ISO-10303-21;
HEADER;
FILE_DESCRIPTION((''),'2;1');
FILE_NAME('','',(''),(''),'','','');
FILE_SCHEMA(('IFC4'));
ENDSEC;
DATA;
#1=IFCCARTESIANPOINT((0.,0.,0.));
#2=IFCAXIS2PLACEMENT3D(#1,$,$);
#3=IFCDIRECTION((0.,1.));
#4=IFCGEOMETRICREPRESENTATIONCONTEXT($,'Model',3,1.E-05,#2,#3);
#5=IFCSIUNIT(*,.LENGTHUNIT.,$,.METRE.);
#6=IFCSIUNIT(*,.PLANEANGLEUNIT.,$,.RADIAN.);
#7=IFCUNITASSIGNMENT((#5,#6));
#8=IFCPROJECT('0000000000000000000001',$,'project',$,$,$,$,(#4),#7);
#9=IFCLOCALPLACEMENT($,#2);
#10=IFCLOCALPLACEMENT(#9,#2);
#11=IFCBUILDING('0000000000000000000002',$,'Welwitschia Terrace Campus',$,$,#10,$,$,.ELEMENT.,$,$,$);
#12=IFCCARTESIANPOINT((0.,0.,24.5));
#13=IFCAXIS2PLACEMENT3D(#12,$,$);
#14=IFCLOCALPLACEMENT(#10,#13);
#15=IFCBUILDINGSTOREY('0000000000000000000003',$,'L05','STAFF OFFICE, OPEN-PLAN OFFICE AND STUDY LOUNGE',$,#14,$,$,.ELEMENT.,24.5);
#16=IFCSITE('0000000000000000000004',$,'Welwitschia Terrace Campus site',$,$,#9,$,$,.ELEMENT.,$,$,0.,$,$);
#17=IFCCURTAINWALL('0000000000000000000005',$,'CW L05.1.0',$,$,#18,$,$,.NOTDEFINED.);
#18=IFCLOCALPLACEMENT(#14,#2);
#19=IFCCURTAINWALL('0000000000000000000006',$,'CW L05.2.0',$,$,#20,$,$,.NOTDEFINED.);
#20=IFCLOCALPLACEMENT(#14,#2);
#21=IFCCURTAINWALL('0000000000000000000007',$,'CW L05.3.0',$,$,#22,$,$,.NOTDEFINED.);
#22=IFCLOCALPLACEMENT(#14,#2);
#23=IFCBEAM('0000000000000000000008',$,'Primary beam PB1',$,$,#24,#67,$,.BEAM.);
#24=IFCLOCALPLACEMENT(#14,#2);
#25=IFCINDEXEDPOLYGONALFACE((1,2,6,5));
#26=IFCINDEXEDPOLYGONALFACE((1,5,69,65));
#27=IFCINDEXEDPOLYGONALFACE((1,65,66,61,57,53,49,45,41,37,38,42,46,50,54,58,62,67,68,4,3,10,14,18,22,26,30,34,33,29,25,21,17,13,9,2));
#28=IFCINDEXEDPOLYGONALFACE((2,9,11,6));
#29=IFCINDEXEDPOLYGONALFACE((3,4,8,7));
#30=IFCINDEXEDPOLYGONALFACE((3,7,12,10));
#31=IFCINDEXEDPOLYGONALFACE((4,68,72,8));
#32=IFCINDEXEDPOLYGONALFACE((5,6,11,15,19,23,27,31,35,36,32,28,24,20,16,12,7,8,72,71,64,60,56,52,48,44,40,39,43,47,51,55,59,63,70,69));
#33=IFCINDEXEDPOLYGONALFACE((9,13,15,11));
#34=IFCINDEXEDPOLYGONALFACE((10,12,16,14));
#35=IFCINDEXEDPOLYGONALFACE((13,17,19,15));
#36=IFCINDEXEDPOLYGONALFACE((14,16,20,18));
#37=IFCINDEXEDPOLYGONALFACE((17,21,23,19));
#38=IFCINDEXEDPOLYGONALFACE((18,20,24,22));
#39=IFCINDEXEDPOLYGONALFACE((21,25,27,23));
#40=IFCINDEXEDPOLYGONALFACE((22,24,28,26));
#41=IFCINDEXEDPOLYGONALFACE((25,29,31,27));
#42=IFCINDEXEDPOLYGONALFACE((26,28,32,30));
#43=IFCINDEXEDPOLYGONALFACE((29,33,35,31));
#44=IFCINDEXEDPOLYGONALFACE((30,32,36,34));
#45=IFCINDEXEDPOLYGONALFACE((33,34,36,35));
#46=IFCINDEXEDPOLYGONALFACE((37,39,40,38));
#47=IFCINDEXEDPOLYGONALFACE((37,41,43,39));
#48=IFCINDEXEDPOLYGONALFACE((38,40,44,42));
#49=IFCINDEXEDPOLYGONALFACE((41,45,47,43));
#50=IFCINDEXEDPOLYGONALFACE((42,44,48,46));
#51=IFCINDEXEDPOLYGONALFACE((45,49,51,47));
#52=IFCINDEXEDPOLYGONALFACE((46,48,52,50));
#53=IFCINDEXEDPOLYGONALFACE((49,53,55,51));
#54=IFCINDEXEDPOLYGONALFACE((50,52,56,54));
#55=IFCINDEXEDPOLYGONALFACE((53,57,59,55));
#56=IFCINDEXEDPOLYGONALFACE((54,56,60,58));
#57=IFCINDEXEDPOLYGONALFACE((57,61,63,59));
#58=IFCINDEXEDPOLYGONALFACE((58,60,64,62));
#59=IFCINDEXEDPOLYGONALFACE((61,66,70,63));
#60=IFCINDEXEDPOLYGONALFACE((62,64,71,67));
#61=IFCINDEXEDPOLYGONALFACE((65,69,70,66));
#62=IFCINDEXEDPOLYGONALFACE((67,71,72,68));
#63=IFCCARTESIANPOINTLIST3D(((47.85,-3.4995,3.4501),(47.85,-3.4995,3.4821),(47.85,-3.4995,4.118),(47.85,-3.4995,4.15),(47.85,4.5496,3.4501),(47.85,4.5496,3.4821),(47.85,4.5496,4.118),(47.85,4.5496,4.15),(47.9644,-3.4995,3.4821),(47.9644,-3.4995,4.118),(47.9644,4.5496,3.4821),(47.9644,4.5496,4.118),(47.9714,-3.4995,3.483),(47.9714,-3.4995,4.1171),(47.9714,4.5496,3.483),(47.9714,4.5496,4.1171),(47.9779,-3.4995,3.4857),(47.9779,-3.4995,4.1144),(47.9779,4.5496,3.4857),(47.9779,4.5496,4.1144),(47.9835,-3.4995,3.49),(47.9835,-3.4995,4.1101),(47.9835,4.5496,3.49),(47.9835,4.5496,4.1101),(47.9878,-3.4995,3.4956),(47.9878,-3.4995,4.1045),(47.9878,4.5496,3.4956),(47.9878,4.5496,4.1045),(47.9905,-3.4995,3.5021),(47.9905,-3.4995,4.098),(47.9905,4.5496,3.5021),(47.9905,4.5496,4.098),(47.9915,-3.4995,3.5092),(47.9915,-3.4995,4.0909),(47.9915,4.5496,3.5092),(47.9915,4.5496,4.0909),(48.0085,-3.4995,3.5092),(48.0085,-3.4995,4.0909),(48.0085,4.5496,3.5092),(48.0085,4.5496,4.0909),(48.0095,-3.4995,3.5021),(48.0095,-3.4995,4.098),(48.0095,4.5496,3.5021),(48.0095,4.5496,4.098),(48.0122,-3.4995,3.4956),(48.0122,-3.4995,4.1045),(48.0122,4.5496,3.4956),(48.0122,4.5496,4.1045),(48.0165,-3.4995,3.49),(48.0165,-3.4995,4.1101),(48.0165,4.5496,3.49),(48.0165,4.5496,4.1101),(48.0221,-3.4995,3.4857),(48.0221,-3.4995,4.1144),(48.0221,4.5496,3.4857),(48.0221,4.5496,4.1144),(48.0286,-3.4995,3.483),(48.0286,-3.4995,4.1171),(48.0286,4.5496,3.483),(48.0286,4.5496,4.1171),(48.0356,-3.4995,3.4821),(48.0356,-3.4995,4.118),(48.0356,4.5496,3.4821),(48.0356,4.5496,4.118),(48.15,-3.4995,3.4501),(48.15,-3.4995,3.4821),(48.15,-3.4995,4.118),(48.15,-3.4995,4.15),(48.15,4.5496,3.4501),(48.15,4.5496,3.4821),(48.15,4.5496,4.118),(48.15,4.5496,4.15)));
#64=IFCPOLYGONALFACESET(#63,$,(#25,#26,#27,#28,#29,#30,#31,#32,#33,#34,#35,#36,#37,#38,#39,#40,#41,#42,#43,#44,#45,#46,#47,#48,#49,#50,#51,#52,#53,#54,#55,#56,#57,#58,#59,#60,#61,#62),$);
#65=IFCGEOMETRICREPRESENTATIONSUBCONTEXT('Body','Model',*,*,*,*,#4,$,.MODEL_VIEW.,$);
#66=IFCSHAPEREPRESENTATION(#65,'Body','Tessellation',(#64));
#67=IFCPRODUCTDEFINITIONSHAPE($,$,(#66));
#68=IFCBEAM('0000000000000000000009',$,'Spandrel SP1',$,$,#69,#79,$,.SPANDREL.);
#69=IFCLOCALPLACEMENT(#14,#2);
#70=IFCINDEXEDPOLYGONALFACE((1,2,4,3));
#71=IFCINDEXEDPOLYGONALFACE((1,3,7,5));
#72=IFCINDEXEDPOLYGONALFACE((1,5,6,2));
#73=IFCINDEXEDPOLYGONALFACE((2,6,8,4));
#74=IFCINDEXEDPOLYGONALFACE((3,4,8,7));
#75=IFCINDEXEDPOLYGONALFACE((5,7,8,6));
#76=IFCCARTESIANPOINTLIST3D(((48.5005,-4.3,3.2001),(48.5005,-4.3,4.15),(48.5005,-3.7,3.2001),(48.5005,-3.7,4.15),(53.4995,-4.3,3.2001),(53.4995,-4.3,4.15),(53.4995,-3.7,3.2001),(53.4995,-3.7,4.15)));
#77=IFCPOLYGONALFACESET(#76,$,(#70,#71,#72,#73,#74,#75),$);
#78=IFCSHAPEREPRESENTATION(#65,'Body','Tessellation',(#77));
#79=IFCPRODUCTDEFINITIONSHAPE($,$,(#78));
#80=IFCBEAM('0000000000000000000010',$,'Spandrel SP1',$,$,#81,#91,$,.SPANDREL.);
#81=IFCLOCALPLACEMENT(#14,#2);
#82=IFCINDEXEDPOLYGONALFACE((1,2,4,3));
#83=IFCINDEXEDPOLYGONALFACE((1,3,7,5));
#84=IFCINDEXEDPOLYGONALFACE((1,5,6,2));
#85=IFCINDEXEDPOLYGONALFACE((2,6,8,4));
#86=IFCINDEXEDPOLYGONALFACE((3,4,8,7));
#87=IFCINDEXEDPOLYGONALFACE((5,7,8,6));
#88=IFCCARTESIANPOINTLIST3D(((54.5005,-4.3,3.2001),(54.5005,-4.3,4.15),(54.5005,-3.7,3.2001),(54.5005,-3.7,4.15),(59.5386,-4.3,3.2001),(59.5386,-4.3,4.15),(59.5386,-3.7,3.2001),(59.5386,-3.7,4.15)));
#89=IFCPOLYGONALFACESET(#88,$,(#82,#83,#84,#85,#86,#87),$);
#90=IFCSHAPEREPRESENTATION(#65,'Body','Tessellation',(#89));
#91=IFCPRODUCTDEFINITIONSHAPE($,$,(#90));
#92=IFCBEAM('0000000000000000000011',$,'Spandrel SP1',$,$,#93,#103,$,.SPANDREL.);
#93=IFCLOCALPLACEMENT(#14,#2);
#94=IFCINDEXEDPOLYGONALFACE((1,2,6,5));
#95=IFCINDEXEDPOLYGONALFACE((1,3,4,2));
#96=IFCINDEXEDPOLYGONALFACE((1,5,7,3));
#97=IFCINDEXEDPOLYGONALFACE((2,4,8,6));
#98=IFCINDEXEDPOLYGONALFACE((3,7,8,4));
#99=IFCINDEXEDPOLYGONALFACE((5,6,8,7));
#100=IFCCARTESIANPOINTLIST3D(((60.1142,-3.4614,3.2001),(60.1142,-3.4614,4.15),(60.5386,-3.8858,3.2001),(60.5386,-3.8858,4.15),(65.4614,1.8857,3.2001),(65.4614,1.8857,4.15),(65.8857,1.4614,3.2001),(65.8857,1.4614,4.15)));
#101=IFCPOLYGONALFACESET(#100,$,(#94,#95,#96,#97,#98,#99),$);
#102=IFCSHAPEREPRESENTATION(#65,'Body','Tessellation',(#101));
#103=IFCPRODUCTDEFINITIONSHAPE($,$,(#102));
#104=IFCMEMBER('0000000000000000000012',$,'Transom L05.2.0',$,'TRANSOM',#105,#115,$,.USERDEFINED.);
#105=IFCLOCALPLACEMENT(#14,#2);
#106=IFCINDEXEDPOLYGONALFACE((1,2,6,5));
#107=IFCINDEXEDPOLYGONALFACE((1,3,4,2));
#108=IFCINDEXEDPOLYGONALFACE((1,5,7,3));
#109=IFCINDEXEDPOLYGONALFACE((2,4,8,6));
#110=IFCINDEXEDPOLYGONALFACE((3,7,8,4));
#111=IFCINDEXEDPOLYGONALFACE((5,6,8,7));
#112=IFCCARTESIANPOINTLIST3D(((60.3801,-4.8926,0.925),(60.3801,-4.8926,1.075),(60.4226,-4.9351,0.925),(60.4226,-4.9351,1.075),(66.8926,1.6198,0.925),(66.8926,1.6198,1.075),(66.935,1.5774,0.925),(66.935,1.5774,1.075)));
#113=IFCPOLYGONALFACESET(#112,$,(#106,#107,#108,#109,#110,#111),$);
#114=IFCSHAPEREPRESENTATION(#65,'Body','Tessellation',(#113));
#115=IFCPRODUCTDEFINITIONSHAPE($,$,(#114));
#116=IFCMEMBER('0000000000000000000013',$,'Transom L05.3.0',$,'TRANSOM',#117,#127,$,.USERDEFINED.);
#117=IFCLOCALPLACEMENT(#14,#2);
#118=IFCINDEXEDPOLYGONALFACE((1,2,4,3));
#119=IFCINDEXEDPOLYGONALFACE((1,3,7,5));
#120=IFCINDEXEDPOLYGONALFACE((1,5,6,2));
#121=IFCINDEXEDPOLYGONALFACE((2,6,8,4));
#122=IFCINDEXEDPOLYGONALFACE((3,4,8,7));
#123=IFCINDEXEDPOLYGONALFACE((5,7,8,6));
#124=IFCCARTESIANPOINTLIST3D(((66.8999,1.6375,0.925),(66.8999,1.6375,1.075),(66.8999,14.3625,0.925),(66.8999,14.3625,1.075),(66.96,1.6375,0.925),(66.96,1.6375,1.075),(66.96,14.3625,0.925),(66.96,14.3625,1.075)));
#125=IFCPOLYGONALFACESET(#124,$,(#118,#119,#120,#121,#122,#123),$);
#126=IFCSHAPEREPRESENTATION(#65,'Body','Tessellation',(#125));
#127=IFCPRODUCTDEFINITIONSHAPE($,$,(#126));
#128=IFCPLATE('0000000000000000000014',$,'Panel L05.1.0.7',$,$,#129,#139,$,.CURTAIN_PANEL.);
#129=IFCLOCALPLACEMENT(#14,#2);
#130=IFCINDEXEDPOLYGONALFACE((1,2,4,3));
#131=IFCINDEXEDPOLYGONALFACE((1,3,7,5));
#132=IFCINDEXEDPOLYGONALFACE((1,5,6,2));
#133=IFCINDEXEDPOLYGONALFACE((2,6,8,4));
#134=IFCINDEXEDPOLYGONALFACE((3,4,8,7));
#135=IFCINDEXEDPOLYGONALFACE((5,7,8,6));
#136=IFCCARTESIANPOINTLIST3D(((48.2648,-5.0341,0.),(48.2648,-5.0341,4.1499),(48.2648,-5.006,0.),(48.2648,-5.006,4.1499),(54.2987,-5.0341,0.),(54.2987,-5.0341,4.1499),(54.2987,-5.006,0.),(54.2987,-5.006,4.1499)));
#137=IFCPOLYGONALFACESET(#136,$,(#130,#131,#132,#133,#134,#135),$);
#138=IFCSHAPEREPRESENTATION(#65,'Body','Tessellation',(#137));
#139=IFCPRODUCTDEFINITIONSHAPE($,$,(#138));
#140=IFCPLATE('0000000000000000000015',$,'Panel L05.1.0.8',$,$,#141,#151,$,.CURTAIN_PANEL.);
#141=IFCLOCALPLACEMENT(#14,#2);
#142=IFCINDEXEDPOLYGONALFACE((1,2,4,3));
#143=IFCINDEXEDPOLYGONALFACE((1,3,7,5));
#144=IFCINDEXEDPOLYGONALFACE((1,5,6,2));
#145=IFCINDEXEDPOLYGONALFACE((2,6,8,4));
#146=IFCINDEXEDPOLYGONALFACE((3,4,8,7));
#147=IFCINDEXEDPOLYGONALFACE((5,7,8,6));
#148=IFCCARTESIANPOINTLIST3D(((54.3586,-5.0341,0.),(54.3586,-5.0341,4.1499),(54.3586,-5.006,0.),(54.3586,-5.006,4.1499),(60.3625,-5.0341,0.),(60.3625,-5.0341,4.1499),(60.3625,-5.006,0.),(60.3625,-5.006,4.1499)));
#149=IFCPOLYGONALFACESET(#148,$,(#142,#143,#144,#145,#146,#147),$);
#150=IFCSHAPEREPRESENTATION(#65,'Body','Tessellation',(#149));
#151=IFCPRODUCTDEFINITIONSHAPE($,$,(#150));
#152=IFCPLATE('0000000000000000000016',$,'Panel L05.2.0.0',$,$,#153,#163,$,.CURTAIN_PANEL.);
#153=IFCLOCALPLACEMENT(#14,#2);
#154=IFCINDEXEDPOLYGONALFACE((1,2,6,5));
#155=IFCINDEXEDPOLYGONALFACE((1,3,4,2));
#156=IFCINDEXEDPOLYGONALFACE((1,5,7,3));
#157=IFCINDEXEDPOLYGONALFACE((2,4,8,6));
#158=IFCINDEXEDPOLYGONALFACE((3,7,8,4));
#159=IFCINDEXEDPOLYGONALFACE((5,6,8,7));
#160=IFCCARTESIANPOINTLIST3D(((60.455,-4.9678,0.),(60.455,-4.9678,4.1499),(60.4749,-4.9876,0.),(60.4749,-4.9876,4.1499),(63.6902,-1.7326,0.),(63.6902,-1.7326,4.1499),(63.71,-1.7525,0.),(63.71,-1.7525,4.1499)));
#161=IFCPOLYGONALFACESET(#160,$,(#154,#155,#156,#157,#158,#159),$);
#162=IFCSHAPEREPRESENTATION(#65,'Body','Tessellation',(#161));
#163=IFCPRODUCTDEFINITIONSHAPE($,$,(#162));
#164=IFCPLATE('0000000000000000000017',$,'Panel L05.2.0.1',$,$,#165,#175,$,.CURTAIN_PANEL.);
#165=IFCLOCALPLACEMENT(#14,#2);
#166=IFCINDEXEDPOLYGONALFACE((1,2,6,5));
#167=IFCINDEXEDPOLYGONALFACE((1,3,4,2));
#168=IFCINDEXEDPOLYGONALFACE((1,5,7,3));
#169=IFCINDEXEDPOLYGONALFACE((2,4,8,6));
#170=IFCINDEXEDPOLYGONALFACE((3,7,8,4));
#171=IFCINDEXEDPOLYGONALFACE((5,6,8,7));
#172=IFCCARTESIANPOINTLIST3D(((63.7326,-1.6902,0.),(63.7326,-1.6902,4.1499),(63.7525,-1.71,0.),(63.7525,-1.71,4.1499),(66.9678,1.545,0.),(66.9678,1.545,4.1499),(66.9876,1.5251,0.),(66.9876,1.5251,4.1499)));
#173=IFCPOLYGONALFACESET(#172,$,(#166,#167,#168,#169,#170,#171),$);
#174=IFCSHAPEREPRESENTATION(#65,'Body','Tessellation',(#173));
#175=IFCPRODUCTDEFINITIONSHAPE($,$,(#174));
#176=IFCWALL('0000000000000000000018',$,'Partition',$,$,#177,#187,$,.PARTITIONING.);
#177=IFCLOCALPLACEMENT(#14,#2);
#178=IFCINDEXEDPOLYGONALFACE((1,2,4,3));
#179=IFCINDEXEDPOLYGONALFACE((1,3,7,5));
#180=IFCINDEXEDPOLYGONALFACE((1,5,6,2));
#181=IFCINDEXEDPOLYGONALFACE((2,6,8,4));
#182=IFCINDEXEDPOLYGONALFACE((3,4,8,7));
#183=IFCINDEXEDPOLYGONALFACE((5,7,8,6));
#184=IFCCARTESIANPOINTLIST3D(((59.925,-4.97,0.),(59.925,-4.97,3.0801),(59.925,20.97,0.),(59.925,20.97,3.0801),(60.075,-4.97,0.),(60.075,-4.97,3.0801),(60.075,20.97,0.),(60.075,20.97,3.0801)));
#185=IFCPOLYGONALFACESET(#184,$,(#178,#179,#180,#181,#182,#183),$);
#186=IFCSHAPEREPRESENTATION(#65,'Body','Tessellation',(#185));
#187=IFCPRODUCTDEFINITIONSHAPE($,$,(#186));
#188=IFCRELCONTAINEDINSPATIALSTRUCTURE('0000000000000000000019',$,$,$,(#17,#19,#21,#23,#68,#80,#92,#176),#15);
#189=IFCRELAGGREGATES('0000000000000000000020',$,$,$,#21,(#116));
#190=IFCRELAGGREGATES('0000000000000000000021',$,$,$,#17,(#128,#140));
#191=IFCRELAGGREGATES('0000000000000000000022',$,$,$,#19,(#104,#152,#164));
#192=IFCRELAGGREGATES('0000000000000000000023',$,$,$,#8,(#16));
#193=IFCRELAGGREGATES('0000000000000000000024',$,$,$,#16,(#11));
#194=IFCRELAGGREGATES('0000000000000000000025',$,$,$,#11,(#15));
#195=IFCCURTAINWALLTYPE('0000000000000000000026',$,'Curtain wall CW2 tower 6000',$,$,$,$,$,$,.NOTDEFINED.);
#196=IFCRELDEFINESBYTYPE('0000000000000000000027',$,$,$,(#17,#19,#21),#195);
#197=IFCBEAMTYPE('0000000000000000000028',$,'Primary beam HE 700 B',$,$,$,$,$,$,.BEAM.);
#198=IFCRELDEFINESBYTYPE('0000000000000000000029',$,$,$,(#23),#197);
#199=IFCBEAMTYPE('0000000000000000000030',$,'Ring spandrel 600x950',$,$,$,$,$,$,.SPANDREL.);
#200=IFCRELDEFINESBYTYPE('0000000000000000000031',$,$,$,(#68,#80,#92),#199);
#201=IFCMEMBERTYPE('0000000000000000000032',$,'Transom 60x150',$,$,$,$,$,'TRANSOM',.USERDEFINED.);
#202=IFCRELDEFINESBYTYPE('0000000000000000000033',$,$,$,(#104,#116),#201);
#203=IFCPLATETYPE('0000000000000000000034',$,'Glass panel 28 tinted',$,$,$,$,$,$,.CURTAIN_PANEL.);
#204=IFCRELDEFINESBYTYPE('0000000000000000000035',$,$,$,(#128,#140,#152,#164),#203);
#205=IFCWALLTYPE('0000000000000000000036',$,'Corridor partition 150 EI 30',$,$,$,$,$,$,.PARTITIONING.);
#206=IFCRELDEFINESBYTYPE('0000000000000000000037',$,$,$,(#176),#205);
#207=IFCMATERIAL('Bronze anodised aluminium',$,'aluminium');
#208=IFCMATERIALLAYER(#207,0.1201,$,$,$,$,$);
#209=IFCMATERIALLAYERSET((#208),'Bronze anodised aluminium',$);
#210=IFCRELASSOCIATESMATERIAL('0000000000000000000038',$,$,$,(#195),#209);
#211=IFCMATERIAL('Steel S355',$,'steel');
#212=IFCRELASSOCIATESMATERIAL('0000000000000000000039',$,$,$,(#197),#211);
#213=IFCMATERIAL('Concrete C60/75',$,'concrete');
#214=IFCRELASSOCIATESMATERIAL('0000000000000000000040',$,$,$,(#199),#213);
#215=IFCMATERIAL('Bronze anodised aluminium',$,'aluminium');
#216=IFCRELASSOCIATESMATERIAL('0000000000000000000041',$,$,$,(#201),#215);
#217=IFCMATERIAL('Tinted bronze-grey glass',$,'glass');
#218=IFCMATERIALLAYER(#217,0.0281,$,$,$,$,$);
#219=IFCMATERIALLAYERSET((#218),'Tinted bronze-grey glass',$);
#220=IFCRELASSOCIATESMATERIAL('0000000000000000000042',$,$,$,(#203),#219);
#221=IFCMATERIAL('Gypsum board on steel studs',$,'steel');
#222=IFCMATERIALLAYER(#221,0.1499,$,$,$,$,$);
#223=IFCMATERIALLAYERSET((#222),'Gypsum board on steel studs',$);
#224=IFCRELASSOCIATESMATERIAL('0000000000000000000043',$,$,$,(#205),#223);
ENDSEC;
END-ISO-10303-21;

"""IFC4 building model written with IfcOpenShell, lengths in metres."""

from ifc_helpers import new_model, si_unit, direction, frame, frame_2d, origin, origin_2d, place, context, subcontext, project, spatial, rectangle, i_section, extrude, material, layer, layer_set, material_profile, profile_set, type_object, element, aggregate, save


model = new_model("IFC4")

# Units and contexts
model_context = context("Model", 3, precision=1e-05, world=origin(), true_north=direction((0.0, 1.0)))
body_context = subcontext(model_context, "Body", "Model", "MODEL_VIEW")
ifc_project = project(units=[si_unit("LENGTHUNIT", "METRE"), si_unit("PLANEANGLEUNIT", "RADIAN")], contexts=[model_context])

# Site, building, storey
site_placement = place(None, origin())
site = spatial("IfcSite", under=ifc_project, at=site_placement, Name="Welwitschia Terrace Campus site", CompositionType="ELEMENT", RefElevation=0.0)
building_placement = place(site_placement, origin())
building = spatial("IfcBuilding", under=site, at=building_placement, Name="Welwitschia Terrace Campus", CompositionType="ELEMENT")
storey_placement = place(building_placement, frame((0.0, 0.0, 24.5)))
storey = spatial("IfcBuildingStorey", under=building, at=storey_placement, Name="L05", Description="STAFF OFFICE, OPEN-PLAN OFFICE AND STUDY LOUNGE", CompositionType="ELEMENT", Elevation=24.5)

# Curtain walls
ifc_material_1 = material(Name="Bronze anodised aluminium", Category="aluminium")
ifc_layer_1 = layer(ifc_material_1, 0.1201)
ifc_layer_set_1 = layer_set([ifc_layer_1], Name="Bronze anodised aluminium")
curtain_wall_type = type_object("IfcCurtainWallType", Name="Curtain wall CW2 tower 6000", PredefinedType="NOTDEFINED", material=ifc_layer_set_1)
curtain_wall_1_placement = place(storey_placement, origin())
curtain_wall_1 = element("IfcCurtainWall", 1, at=curtain_wall_1_placement, inside=storey, type_object=curtain_wall_type, Name="CW L05.1.0", PredefinedType="NOTDEFINED")
curtain_wall_2_placement = place(storey_placement, origin())
curtain_wall_2 = element("IfcCurtainWall", 2, at=curtain_wall_2_placement, inside=storey, type_object=curtain_wall_type, Name="CW L05.2.0", PredefinedType="NOTDEFINED")

# Curtain wall
curtain_wall_3_placement = place(storey_placement, origin())
curtain_wall_3 = element("IfcCurtainWall", 3, at=curtain_wall_3_placement, inside=storey, type_object=curtain_wall_type, Name="CW L05.3.0", PredefinedType="NOTDEFINED")

# Beams
ifc_material_2 = material(Name="Steel S355", Category="steel")
ifc_material_profile_1 = material_profile(ifc_material_2, i_section(OverallWidth=0.3, OverallDepth=0.7, WebThickness=0.0171, FlangeThickness=0.032, FilletRadius=0.0271, at=origin_2d()))
ifc_profile_set_1 = profile_set([ifc_material_profile_1], Name="Steel S355")
beam_type_1 = type_object("IfcBeamType", Name="Primary beam HE 700 B", PredefinedType="BEAM", material=ifc_profile_set_1)
beam_1_placement = place(storey_placement, frame((48.0, -3.4995, 3.8), z_axis=(0.0, 1.0, 0.0), x_axis=(-1.0, 0.0, 0.0)))
element("IfcBeam", 4, at=beam_1_placement, inside=storey, type_object=beam_type_1, Name="Primary beam PB1", PredefinedType="BEAM", context=body_context, shape_type="SweptSolid", body=[
    extrude(i_section(OverallWidth=0.3, OverallDepth=0.7, WebThickness=0.0171, FlangeThickness=0.032, FilletRadius=0.0271, at=origin_2d()), origin(), (0.0, 0.0, 1.0), 8.0491),
])
ifc_material_3 = material(Name="Concrete C60/75", Category="concrete")
ifc_material_profile_2 = material_profile(ifc_material_3, rectangle(XDim=0.6001, YDim=0.95, at=origin_2d()))
ifc_profile_set_2 = profile_set([ifc_material_profile_2], Name="Concrete C60/75")
beam_type_2 = type_object("IfcBeamType", Name="Ring spandrel 600x950", PredefinedType="SPANDREL", material=ifc_profile_set_2)
beam_2_placement = place(storey_placement, frame((48.5005, -4.0, 3.675), z_axis=(1.0, 0.0, 0.0), x_axis=(0.0, 1.0, 0.0)))
element("IfcBeam", 5, at=beam_2_placement, inside=storey, type_object=beam_type_2, Name="Spandrel SP1", PredefinedType="SPANDREL", context=body_context, shape_type="SweptSolid", body=[
    extrude(rectangle(XDim=0.6001, YDim=0.95, at=origin_2d()), origin(), (0.0, 0.0, 1.0), 4.999),
])
beam_3_placement = place(storey_placement, frame((54.5005, -4.0, 3.675), z_axis=(1.0, 0.0, 0.0), x_axis=(0.0, 1.0, 0.0)))
element("IfcBeam", 6, at=beam_3_placement, inside=storey, type_object=beam_type_2, Name="Spandrel SP1", PredefinedType="SPANDREL", context=body_context, shape_type="SweptSolid", body=[
    extrude(rectangle(XDim=0.6001, YDim=0.95, at=origin_2d()), origin(), (0.0, 0.0, 1.0), 5.0381),
])
beam_4_placement = place(storey_placement, frame((60.3264, -3.6736, 3.675), z_axis=(0.707107, 0.707107, 0.0), x_axis=(-0.707107, 0.707107, 0.0)))
element("IfcBeam", 7, at=beam_4_placement, inside=storey, type_object=beam_type_2, Name="Spandrel SP1", PredefinedType="SPANDREL", context=body_context, shape_type="SweptSolid", body=[
    extrude(rectangle(XDim=0.6001, YDim=0.95, at=origin_2d()), origin(), (0.0, 0.0, 1.0), 7.562),
])

# Members
ifc_material_4 = material(Name="Bronze anodised aluminium", Category="aluminium")
ifc_material_profile_3 = material_profile(ifc_material_4, rectangle(XDim=0.0601, YDim=0.1499, at=origin_2d()))
ifc_profile_set_3 = profile_set([ifc_material_profile_3], Name="Bronze anodised aluminium")
member_type_1 = type_object("IfcMemberType", Name="Transom 60x150", ElementType="TRANSOM", PredefinedType="USERDEFINED", material=ifc_profile_set_3)
member_1_placement = place(storey_placement, frame((60.4014, -4.9138, 1.0), z_axis=(0.707107, 0.707107, 0.0), x_axis=(-0.707107, 0.707107, 0.0)))
member_1 = element("IfcMember", 8, at=member_1_placement, type_object=member_type_1, Name="Transom L05.2.0", ObjectType="TRANSOM", PredefinedType="USERDEFINED", context=body_context, shape_type="SweptSolid", body=[
    extrude(rectangle(XDim=0.0601, YDim=0.1499, at=origin_2d()), origin(), (0.0, 0.0, 1.0), 9.21),
])
member_2_placement = place(storey_placement, frame((66.9299, 1.6375, 1.0), z_axis=(0.0, 1.0, 0.0), x_axis=(-1.0, 0.0, 0.0)))
member_2 = element("IfcMember", 9, at=member_2_placement, type_object=member_type_1, Name="Transom L05.3.0", ObjectType="TRANSOM", PredefinedType="USERDEFINED", context=body_context, shape_type="SweptSolid", body=[
    extrude(rectangle(XDim=0.0601, YDim=0.1499, at=origin_2d()), origin(), (0.0, 0.0, 1.0), 12.7251),
])
aggregate(curtain_wall_3, [member_2])

# Plates
ifc_material_5 = material(Name="Tinted bronze-grey glass", Category="glass")
ifc_layer_2 = layer(ifc_material_5, 0.0281)
ifc_layer_set_2 = layer_set([ifc_layer_2], Name="Tinted bronze-grey glass")
plate_type = type_object("IfcPlateType", Name="Glass panel 28 tinted", PredefinedType="CURTAIN_PANEL", material=ifc_layer_set_2)
plate_1_placement = place(storey_placement, frame((51.2817, -5.02, 0.0), z_axis=(0.0, 0.0, 1.0), x_axis=(1.0, 0.0, 0.0)))
plate_1 = element("IfcPlate", 10, at=plate_1_placement, type_object=plate_type, Name="Panel L05.1.0.7", PredefinedType="CURTAIN_PANEL", context=body_context, shape_type="SweptSolid", body=[
    extrude(rectangle(XDim=6.0339, YDim=0.0281, at=origin_2d()), origin(), (0.0, 0.0, 1.0), 4.1499),
])
plate_2_placement = place(storey_placement, frame((57.3606, -5.02, 0.0), z_axis=(0.0, 0.0, 1.0), x_axis=(1.0, 0.0, 0.0)))
plate_2 = element("IfcPlate", 11, at=plate_2_placement, type_object=plate_type, Name="Panel L05.1.0.8", PredefinedType="CURTAIN_PANEL", context=body_context, shape_type="SweptSolid", body=[
    extrude(rectangle(XDim=6.0039, YDim=0.0281, at=origin_2d()), origin(), (0.0, 0.0, 1.0), 4.1499),
])
aggregate(curtain_wall_1, [plate_1, plate_2])
plate_3_placement = place(storey_placement, frame((62.0825, -3.3601, 0.0), z_axis=(0.0, 0.0, 1.0), x_axis=(0.707107, 0.707107, 0.0)))
plate_3 = element("IfcPlate", 12, at=plate_3_placement, type_object=plate_type, Name="Panel L05.2.0.0", PredefinedType="CURTAIN_PANEL", context=body_context, shape_type="SweptSolid", body=[
    extrude(rectangle(XDim=4.5752, YDim=0.0281, at=origin_2d()), origin(), (0.0, 0.0, 1.0), 4.1499),
])
plate_4_placement = place(storey_placement, frame((65.3601, -0.0825, 0.0), z_axis=(0.0, 0.0, 1.0), x_axis=(0.707107, 0.707107, 0.0)))
plate_4 = element("IfcPlate", 13, at=plate_4_placement, type_object=plate_type, Name="Panel L05.2.0.1", PredefinedType="CURTAIN_PANEL", context=body_context, shape_type="SweptSolid", body=[
    extrude(rectangle(XDim=4.5752, YDim=0.0281, at=origin_2d()), origin(), (0.0, 0.0, 1.0), 4.1499),
])
aggregate(curtain_wall_2, [member_1, plate_3, plate_4])

# Wall
ifc_material_6 = material(Name="Gypsum board on steel studs", Category="steel")
ifc_layer_3 = layer(ifc_material_6, 0.1499)
ifc_layer_set_3 = layer_set([ifc_layer_3], Name="Gypsum board on steel studs")
wall_type = type_object("IfcWallType", Name="Corridor partition 150 EI 30", PredefinedType="PARTITIONING", material=ifc_layer_set_3)
wall_placement = place(storey_placement, frame((60.0, -4.97, 0.0), z_axis=(0.0, 0.0, 1.0), x_axis=(0.0, 1.0, 0.0)))
element("IfcWall", 14, at=wall_placement, inside=storey, type_object=wall_type, Name="Partition", PredefinedType="PARTITIONING", context=body_context, shape_type="SweptSolid", body=[
    extrude(rectangle(XDim=25.9399, YDim=0.1499, at=frame_2d((12.97, 0.0))), origin(), (0.0, 0.0, 1.0), 3.0801),
])

save(model, "model.ifc")
